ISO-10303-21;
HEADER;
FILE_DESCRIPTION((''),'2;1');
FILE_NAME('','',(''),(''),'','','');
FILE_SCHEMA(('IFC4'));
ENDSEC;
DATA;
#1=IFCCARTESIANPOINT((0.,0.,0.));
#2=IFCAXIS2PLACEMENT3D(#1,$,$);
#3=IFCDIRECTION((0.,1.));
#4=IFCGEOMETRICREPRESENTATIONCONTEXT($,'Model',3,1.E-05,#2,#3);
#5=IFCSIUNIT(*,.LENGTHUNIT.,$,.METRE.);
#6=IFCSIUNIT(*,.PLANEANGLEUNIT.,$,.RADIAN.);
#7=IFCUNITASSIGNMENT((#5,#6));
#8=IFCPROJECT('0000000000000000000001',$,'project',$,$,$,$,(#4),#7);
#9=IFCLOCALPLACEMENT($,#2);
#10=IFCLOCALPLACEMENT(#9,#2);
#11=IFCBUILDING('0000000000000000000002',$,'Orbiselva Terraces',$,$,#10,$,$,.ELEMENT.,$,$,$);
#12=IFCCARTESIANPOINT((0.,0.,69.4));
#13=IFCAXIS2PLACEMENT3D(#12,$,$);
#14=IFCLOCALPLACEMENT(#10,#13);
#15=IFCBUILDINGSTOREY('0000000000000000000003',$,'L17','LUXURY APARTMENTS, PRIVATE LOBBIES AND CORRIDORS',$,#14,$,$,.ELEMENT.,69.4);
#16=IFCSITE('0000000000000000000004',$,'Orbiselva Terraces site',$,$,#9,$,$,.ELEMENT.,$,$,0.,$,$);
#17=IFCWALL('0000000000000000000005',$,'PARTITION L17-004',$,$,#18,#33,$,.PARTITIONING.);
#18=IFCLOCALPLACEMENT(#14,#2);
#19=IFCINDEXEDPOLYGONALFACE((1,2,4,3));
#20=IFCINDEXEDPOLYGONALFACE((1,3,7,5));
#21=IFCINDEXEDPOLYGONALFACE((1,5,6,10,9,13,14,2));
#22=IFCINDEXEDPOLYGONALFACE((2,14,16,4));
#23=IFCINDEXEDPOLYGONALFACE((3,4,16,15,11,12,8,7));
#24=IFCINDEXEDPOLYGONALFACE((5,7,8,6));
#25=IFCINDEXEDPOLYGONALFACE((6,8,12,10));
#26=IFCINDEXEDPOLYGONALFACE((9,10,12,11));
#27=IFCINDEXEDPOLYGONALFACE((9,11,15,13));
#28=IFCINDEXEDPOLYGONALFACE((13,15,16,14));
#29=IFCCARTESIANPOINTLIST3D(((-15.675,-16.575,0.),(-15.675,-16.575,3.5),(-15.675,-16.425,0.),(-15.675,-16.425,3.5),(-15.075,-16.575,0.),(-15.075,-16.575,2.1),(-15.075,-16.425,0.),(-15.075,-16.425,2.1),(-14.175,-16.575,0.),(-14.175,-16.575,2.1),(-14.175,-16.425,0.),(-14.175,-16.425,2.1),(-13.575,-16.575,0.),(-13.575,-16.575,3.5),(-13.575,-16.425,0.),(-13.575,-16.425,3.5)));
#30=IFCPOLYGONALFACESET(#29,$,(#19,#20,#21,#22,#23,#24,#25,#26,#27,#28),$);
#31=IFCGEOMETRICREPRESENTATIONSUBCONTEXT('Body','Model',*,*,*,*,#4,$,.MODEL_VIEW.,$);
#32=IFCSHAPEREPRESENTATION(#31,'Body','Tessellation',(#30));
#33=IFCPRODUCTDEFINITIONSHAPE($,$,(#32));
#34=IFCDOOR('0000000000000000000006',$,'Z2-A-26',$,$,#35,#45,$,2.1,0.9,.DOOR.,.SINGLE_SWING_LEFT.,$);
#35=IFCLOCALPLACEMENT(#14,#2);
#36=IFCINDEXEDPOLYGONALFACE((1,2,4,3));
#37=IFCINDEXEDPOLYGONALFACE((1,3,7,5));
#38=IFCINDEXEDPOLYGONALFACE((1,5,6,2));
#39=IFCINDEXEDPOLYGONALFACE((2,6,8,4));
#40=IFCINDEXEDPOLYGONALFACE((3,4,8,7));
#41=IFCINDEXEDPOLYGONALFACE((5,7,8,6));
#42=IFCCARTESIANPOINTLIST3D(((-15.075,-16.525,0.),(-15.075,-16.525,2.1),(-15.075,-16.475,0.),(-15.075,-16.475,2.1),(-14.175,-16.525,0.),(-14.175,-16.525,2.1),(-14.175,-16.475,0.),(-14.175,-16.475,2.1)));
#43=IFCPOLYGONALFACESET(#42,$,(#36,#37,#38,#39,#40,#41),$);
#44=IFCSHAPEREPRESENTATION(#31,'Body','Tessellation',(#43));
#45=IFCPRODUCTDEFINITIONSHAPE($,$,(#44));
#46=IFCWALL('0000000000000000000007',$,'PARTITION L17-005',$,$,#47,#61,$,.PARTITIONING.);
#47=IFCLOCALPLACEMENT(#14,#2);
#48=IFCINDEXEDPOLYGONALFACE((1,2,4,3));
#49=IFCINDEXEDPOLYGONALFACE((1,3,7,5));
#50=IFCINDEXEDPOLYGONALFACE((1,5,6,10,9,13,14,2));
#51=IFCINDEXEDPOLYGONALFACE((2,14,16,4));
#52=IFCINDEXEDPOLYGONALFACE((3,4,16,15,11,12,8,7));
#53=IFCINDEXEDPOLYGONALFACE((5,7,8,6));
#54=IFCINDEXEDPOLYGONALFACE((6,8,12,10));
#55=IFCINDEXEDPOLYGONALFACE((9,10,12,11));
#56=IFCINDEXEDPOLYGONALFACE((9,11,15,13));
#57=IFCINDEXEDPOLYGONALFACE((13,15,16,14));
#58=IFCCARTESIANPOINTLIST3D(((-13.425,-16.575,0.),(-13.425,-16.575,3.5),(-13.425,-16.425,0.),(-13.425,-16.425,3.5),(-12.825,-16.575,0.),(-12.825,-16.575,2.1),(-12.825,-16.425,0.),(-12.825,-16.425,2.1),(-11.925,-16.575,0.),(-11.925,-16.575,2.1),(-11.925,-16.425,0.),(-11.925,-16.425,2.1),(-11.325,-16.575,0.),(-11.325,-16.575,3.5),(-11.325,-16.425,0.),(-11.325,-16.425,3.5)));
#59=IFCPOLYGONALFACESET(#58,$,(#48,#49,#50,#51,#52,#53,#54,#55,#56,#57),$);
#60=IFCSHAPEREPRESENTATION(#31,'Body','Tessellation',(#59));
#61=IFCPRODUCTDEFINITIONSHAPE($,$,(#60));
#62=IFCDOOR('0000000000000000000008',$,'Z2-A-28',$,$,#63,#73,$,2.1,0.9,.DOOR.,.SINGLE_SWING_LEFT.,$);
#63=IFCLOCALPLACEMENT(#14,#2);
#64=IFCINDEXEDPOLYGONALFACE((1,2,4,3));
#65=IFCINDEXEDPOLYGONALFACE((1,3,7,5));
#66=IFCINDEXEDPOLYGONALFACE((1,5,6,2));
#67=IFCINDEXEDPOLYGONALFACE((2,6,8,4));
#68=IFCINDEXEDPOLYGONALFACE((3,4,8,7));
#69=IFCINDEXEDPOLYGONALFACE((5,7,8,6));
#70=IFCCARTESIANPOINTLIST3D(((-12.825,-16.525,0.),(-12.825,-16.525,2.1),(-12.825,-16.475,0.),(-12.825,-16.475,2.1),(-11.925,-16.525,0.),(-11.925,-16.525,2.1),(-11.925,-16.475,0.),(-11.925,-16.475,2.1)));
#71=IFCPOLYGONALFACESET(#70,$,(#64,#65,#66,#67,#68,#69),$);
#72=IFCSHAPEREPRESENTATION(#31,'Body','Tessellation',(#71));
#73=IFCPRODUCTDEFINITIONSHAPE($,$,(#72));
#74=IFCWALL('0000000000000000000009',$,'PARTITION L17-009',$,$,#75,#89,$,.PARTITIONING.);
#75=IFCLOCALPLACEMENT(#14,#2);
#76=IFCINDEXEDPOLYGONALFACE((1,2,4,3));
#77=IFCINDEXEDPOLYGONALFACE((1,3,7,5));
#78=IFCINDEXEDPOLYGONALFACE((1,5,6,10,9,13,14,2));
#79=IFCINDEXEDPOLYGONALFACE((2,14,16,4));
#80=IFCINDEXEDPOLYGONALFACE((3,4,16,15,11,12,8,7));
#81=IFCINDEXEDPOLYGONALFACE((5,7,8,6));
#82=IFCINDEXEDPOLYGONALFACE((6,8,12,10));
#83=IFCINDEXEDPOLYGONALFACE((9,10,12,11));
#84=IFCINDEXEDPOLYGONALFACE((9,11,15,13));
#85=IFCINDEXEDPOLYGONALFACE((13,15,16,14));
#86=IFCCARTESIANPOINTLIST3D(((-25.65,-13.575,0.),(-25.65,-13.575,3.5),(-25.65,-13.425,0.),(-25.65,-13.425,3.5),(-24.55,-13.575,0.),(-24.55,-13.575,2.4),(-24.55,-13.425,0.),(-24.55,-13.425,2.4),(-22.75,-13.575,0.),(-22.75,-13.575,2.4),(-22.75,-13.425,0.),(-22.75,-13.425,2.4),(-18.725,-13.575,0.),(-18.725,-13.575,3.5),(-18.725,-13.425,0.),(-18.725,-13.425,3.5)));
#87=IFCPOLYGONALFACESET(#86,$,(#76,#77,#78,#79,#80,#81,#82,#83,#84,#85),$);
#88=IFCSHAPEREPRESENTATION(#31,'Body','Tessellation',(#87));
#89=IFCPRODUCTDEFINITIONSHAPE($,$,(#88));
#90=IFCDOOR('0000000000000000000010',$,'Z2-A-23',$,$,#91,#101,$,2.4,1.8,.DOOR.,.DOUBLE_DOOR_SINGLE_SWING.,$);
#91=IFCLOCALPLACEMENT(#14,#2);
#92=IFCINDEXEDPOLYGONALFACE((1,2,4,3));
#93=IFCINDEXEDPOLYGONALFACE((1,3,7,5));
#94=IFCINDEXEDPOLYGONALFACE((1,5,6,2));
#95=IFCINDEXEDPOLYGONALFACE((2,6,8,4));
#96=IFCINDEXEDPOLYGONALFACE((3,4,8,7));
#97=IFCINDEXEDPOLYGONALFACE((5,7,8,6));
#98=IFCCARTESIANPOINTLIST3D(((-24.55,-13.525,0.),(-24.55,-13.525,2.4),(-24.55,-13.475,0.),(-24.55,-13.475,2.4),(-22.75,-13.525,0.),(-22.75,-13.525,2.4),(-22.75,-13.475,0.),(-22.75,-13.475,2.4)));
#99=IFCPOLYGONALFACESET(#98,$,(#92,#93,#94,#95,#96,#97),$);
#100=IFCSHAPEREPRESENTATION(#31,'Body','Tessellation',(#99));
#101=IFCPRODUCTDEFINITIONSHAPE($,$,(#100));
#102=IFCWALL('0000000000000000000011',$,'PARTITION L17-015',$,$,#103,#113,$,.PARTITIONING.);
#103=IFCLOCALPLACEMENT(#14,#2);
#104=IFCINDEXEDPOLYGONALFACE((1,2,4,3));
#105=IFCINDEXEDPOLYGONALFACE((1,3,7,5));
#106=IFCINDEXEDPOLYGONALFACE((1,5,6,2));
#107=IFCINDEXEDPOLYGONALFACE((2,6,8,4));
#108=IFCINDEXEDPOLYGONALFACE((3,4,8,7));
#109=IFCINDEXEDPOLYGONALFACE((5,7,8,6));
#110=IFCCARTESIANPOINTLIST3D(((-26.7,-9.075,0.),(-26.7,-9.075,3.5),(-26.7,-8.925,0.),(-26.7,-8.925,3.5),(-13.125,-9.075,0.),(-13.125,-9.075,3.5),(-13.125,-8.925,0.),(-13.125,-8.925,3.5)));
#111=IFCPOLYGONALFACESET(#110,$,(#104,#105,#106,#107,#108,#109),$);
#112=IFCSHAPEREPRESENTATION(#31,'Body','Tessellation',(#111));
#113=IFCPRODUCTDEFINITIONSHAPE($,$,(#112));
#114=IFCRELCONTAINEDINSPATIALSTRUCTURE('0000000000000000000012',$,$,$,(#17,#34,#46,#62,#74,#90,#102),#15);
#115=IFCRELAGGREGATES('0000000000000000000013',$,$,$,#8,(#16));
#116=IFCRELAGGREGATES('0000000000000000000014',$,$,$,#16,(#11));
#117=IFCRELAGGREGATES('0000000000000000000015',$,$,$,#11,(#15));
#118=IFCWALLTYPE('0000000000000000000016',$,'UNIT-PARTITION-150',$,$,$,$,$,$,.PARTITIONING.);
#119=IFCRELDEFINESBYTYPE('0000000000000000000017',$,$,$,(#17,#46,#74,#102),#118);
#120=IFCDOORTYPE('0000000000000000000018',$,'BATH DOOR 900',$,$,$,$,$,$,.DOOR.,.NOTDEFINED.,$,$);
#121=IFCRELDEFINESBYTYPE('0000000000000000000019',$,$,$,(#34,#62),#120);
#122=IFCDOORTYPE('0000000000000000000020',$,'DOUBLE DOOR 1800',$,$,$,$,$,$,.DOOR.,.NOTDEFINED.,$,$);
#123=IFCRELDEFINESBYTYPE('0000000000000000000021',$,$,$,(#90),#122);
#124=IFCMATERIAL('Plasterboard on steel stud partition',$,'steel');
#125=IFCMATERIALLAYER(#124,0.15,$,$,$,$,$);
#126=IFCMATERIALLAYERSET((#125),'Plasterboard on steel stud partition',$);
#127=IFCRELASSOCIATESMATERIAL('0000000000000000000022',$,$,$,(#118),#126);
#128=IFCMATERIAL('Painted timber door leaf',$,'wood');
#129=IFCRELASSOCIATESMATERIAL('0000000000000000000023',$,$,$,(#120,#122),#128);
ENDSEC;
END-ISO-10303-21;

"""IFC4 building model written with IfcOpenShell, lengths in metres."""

from ifc_helpers import new_model, si_unit, direction, frame, frame_2d, origin, place, context, subcontext, project, spatial, rectangle, extrude, material, layer, layer_set, type_object, element, fill, save


model = new_model("IFC4")

# Units and contexts
model_context = context("Model", 3, precision=1e-05, world=origin(), true_north=direction((0.0, 1.0)))
body_context = subcontext(model_context, "Body", "Model", "MODEL_VIEW")
ifc_project = project(units=[si_unit("LENGTHUNIT", "METRE"), si_unit("PLANEANGLEUNIT", "RADIAN")], contexts=[model_context])

# Site, building, storey
site_placement = place(None, origin())
site = spatial("IfcSite", under=ifc_project, at=site_placement, Name="Orbiselva Terraces site", CompositionType="ELEMENT", RefElevation=0.0)
building_placement = place(site_placement, origin())
building = spatial("IfcBuilding", under=site, at=building_placement, Name="Orbiselva Terraces", CompositionType="ELEMENT")
storey_placement = place(building_placement, frame((0.0, 0.0, 69.4)))
storey = spatial("IfcBuildingStorey", under=building, at=storey_placement, Name="L17", Description="LUXURY APARTMENTS, PRIVATE LOBBIES AND CORRIDORS", CompositionType="ELEMENT", Elevation=69.4)

# Shared definitions
ifc_material_1 = material(Name="Plasterboard on steel stud partition", Category="steel")

# Walls, openings, doors
ifc_layer_1 = layer(ifc_material_1, 0.15)
ifc_layer_set_1 = layer_set([ifc_layer_1], Name="Plasterboard on steel stud partition")
wall_type_1 = type_object("IfcWallType", Name="UNIT-PARTITION-150", PredefinedType="PARTITIONING", material=ifc_layer_set_1)
wall_1_placement = place(storey_placement, frame((-15.675, -16.5, 0.0), z_axis=(0.0, 0.0, 1.0), x_axis=(1.0, 0.0, 0.0)))
wall_1 = element("IfcWall", 1, at=wall_1_placement, inside=storey, type_object=wall_type_1, Name="PARTITION L17-004", PredefinedType="PARTITIONING", context=body_context, shape_type="SweptSolid", body=[
    extrude(rectangle(XDim=2.1, YDim=0.15, at=frame_2d((1.05, 0.0))), origin(), (0.0, 0.0, 1.0), 3.5),
])
opening_1_placement = place(wall_1_placement, frame((0.6, 0.0, 0.0)))
opening_1 = element("IfcOpeningElement", 2, at=opening_1_placement, cuts=wall_1, PredefinedType="OPENING", context=body_context, shape_type="SweptSolid", body=[
    extrude(rectangle(XDim=0.9, YDim=2.1, at=frame_2d((0.45, 1.05))), frame((0.0, 0.085, 0.0), z_axis=(0.0, -1.0, 0.0), x_axis=(1.0, 0.0, 0.0)), (0.0, 0.0, 1.0), 0.17),
])
ifc_material_2 = material(Name="Painted timber door leaf", Category="wood")
door_type_1 = type_object("IfcDoorType", Name="BATH DOOR 900", OperationType="NOTDEFINED", PredefinedType="DOOR", material=ifc_material_2)
door_1_placement = place(opening_1_placement, origin())
door_1 = element("IfcDoor", 3, at=door_1_placement, inside=storey, type_object=door_type_1, Name="Z2-A-26", OperationType="SINGLE_SWING_LEFT", OverallHeight=2.1, OverallWidth=0.9, PredefinedType="DOOR", context=body_context, shape_type="SweptSolid", body=[
    extrude(rectangle(XDim=0.9, YDim=2.1, at=frame_2d((0.45, 1.05))), frame((0.0, 0.025, 0.0), z_axis=(0.0, -1.0, 0.0), x_axis=(1.0, 0.0, 0.0)), (0.0, 0.0, 1.0), 0.05),
])
fill(opening_1, door_1)
wall_2_placement = place(storey_placement, frame((-13.425, -16.5, 0.0), z_axis=(0.0, 0.0, 1.0), x_axis=(1.0, 0.0, 0.0)))
wall_2 = element("IfcWall", 4, at=wall_2_placement, inside=storey, type_object=wall_type_1, Name="PARTITION L17-005", PredefinedType="PARTITIONING", context=body_context, shape_type="SweptSolid", body=[
    extrude(rectangle(XDim=2.1, YDim=0.15, at=frame_2d((1.05, 0.0))), origin(), (0.0, 0.0, 1.0), 3.5),
])
opening_2_placement = place(wall_2_placement, frame((0.6, 0.0, 0.0)))
opening_2 = element("IfcOpeningElement", 5, at=opening_2_placement, cuts=wall_2, PredefinedType="OPENING", context=body_context, shape_type="SweptSolid", body=[
    extrude(rectangle(XDim=0.9, YDim=2.1, at=frame_2d((0.45, 1.05))), frame((0.0, 0.085, 0.0), z_axis=(0.0, -1.0, 0.0), x_axis=(1.0, 0.0, 0.0)), (0.0, 0.0, 1.0), 0.17),
])
door_2_placement = place(opening_2_placement, origin())
door_2 = element("IfcDoor", 6, at=door_2_placement, inside=storey, type_object=door_type_1, Name="Z2-A-28", OperationType="SINGLE_SWING_LEFT", OverallHeight=2.1, OverallWidth=0.9, PredefinedType="DOOR", context=body_context, shape_type="SweptSolid", body=[
    extrude(rectangle(XDim=0.9, YDim=2.1, at=frame_2d((0.45, 1.05))), frame((0.0, 0.025, 0.0), z_axis=(0.0, -1.0, 0.0), x_axis=(1.0, 0.0, 0.0)), (0.0, 0.0, 1.0), 0.05),
])
fill(opening_2, door_2)
wall_3_placement = place(storey_placement, frame((-18.725, -13.5, 0.0), z_axis=(0.0, 0.0, 1.0), x_axis=(-1.0, 0.0, 0.0)))
wall_3 = element("IfcWall", 7, at=wall_3_placement, inside=storey, type_object=wall_type_1, Name="PARTITION L17-009", PredefinedType="PARTITIONING", context=body_context, shape_type="SweptSolid", body=[
    extrude(rectangle(XDim=6.925, YDim=0.15, at=frame_2d((3.4625, 0.0))), origin(), (0.0, 0.0, 1.0), 3.5),
])
opening_3_placement = place(wall_3_placement, frame((4.025, 0.0, 0.0)))
opening_3 = element("IfcOpeningElement", 8, at=opening_3_placement, cuts=wall_3, PredefinedType="OPENING", context=body_context, shape_type="SweptSolid", body=[
    extrude(rectangle(XDim=1.8, YDim=2.4, at=frame_2d((0.9, 1.2))), frame((0.0, 0.085, 0.0), z_axis=(0.0, -1.0, 0.0), x_axis=(1.0, 0.0, 0.0)), (0.0, 0.0, 1.0), 0.17),
])
door_type_2 = type_object("IfcDoorType", Name="DOUBLE DOOR 1800", OperationType="NOTDEFINED", PredefinedType="DOOR", material=ifc_material_2)
door_3_placement = place(opening_3_placement, origin())
door_3 = element("IfcDoor", 9, at=door_3_placement, inside=storey, type_object=door_type_2, Name="Z2-A-23", OperationType="DOUBLE_DOOR_SINGLE_SWING", OverallHeight=2.4, OverallWidth=1.8, PredefinedType="DOOR", context=body_context, shape_type="SweptSolid", body=[
    extrude(rectangle(XDim=1.8, YDim=2.4, at=frame_2d((0.9, 1.2))), frame((0.0, 0.025, 0.0), z_axis=(0.0, -1.0, 0.0), x_axis=(1.0, 0.0, 0.0)), (0.0, 0.0, 1.0), 0.05),
])
fill(opening_3, door_3)

# Wall
wall_4_placement = place(storey_placement, frame((-26.7, -9.0, 0.0), z_axis=(0.0, 0.0, 1.0), x_axis=(1.0, 0.0, 0.0)))
element("IfcWall", 10, at=wall_4_placement, inside=storey, type_object=wall_type_1, Name="PARTITION L17-015", PredefinedType="PARTITIONING", context=body_context, shape_type="SweptSolid", body=[
    extrude(rectangle(XDim=13.575, YDim=0.15, at=frame_2d((6.7875, 0.0))), origin(), (0.0, 0.0, 1.0), 3.5),
])

save(model, "model.ifc")
